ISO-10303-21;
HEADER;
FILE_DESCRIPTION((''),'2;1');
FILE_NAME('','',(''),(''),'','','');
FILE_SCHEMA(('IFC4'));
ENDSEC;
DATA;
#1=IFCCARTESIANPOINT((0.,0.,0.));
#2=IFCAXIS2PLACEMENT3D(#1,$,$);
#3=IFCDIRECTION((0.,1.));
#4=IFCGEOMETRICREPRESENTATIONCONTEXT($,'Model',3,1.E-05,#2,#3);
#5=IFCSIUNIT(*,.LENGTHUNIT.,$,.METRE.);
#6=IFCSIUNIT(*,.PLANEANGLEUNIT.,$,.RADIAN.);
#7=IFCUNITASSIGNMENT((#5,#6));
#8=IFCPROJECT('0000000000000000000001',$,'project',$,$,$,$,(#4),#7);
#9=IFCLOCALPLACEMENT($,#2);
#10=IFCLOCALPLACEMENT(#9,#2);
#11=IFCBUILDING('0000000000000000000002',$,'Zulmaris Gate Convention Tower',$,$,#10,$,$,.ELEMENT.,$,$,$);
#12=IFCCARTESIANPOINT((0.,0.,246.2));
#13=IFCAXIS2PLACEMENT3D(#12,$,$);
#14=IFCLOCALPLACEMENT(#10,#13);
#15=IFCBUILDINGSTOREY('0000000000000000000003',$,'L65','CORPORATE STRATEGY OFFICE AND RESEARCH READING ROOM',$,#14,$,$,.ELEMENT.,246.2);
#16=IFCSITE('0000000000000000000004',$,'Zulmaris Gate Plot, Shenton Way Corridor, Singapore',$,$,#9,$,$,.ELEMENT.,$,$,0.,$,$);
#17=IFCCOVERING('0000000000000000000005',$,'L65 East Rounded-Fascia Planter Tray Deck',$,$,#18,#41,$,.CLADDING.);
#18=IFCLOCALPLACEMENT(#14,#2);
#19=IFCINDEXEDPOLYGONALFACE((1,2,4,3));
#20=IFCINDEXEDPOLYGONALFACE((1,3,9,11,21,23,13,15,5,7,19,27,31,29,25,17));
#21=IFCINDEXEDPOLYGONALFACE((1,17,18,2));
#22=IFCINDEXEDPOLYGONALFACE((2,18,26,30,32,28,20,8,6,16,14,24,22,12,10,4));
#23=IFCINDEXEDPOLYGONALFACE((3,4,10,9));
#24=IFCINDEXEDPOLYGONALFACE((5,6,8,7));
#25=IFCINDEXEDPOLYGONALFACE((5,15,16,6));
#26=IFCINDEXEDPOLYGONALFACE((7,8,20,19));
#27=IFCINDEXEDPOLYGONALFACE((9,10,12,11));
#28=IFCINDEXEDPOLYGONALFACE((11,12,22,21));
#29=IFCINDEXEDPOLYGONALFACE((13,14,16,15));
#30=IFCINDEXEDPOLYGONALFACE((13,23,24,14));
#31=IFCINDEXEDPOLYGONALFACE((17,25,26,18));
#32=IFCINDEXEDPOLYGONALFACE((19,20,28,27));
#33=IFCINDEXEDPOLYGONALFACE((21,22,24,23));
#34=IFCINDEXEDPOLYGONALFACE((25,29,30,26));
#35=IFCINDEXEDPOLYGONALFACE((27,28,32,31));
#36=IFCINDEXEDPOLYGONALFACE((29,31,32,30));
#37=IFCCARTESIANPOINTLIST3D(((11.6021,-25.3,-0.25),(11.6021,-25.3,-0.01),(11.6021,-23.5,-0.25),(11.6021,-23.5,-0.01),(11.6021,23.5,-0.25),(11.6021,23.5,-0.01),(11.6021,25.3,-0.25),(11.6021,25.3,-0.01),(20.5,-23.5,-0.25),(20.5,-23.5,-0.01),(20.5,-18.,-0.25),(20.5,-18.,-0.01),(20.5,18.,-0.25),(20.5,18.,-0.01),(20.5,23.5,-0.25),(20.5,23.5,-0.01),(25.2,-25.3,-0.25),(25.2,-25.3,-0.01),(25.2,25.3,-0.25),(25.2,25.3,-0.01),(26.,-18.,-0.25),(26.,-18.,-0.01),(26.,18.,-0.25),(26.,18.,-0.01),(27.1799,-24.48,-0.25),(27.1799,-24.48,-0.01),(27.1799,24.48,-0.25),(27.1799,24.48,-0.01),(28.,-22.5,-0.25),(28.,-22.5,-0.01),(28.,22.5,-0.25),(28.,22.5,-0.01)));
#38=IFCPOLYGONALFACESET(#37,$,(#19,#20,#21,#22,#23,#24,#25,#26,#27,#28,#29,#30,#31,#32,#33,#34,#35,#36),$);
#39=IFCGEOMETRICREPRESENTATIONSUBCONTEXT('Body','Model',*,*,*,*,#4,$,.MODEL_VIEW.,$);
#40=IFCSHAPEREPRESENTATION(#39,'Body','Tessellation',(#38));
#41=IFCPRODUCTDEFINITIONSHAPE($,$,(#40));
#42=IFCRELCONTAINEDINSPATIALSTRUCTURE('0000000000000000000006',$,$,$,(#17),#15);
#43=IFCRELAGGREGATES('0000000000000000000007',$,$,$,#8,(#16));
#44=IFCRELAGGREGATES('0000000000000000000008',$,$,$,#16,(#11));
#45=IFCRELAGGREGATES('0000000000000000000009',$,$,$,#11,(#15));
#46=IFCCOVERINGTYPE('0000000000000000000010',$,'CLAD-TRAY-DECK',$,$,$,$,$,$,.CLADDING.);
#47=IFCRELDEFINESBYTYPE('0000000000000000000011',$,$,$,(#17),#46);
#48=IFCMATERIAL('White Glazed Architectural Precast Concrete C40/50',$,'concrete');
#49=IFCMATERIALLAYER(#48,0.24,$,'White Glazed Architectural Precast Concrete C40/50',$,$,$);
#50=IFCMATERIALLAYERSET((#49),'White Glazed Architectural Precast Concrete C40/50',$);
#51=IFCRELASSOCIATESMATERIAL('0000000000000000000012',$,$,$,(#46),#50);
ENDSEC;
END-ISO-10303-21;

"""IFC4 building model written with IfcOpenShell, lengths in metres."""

from ifc_helpers import new_model, si_unit, direction, frame, origin, place, context, subcontext, project, spatial, polyline, outline, extrude, material, layer, layer_set, type_object, element, save


model = new_model("IFC4")

# Units and contexts
model_context = context("Model", 3, precision=1e-05, world=origin(), true_north=direction((0.0, 1.0)))
body_context = subcontext(model_context, "Body", "Model", "MODEL_VIEW")
ifc_project = project(units=[si_unit("LENGTHUNIT", "METRE"), si_unit("PLANEANGLEUNIT", "RADIAN")], contexts=[model_context])

# Site, building, storey
site_placement = place(None, origin())
site = spatial("IfcSite", under=ifc_project, at=site_placement, Name="Zulmaris Gate Plot, Shenton Way Corridor, Singapore", CompositionType="ELEMENT", RefElevation=0.0)
building_placement = place(site_placement, origin())
building = spatial("IfcBuilding", under=site, at=building_placement, Name="Zulmaris Gate Convention Tower", CompositionType="ELEMENT")
storey_placement = place(building_placement, frame((0.0, 0.0, 246.2)))
storey = spatial("IfcBuildingStorey", under=building, at=storey_placement, Name="L65", Description="CORPORATE STRATEGY OFFICE AND RESEARCH READING ROOM", CompositionType="ELEMENT", Elevation=246.2)

# Covering
ifc_material_1 = material(Name="White Glazed Architectural Precast Concrete C40/50", Category="concrete")
ifc_layer_1 = layer(ifc_material_1, 0.24, Name="White Glazed Architectural Precast Concrete C40/50")
ifc_layer_set_1 = layer_set([ifc_layer_1], Name="White Glazed Architectural Precast Concrete C40/50")
covering_type = type_object("IfcCoveringType", Name="CLAD-TRAY-DECK", PredefinedType="CLADDING", material=ifc_layer_set_1)
covering_1_placement = place(storey_placement, frame((0.0, 0.0, -0.25)))
element("IfcCovering", 1, at=covering_1_placement, inside=storey, type_object=covering_type, Name="L65 East Rounded-Fascia Planter Tray Deck", PredefinedType="CLADDING", context=body_context, shape_type="SweptSolid", body=[
    extrude(outline(polyline([(25.2, 25.3), (27.1799, 24.48), (28.0, 22.5), (28.0, -22.5), (27.1799, -24.48), (25.2, -25.3), (11.6021, -25.3), (11.6021, -23.5), (20.5, -23.5), (20.5, -18.0), (26.0, -18.0), (26.0, 18.0), (20.5, 18.0), (20.5, 23.5), (11.6021, 23.5), (11.6021, 25.3), (25.2, 25.3)])), origin(), (0.0, 0.0, 1.0), 0.24),
])

save(model, "model.ifc")
